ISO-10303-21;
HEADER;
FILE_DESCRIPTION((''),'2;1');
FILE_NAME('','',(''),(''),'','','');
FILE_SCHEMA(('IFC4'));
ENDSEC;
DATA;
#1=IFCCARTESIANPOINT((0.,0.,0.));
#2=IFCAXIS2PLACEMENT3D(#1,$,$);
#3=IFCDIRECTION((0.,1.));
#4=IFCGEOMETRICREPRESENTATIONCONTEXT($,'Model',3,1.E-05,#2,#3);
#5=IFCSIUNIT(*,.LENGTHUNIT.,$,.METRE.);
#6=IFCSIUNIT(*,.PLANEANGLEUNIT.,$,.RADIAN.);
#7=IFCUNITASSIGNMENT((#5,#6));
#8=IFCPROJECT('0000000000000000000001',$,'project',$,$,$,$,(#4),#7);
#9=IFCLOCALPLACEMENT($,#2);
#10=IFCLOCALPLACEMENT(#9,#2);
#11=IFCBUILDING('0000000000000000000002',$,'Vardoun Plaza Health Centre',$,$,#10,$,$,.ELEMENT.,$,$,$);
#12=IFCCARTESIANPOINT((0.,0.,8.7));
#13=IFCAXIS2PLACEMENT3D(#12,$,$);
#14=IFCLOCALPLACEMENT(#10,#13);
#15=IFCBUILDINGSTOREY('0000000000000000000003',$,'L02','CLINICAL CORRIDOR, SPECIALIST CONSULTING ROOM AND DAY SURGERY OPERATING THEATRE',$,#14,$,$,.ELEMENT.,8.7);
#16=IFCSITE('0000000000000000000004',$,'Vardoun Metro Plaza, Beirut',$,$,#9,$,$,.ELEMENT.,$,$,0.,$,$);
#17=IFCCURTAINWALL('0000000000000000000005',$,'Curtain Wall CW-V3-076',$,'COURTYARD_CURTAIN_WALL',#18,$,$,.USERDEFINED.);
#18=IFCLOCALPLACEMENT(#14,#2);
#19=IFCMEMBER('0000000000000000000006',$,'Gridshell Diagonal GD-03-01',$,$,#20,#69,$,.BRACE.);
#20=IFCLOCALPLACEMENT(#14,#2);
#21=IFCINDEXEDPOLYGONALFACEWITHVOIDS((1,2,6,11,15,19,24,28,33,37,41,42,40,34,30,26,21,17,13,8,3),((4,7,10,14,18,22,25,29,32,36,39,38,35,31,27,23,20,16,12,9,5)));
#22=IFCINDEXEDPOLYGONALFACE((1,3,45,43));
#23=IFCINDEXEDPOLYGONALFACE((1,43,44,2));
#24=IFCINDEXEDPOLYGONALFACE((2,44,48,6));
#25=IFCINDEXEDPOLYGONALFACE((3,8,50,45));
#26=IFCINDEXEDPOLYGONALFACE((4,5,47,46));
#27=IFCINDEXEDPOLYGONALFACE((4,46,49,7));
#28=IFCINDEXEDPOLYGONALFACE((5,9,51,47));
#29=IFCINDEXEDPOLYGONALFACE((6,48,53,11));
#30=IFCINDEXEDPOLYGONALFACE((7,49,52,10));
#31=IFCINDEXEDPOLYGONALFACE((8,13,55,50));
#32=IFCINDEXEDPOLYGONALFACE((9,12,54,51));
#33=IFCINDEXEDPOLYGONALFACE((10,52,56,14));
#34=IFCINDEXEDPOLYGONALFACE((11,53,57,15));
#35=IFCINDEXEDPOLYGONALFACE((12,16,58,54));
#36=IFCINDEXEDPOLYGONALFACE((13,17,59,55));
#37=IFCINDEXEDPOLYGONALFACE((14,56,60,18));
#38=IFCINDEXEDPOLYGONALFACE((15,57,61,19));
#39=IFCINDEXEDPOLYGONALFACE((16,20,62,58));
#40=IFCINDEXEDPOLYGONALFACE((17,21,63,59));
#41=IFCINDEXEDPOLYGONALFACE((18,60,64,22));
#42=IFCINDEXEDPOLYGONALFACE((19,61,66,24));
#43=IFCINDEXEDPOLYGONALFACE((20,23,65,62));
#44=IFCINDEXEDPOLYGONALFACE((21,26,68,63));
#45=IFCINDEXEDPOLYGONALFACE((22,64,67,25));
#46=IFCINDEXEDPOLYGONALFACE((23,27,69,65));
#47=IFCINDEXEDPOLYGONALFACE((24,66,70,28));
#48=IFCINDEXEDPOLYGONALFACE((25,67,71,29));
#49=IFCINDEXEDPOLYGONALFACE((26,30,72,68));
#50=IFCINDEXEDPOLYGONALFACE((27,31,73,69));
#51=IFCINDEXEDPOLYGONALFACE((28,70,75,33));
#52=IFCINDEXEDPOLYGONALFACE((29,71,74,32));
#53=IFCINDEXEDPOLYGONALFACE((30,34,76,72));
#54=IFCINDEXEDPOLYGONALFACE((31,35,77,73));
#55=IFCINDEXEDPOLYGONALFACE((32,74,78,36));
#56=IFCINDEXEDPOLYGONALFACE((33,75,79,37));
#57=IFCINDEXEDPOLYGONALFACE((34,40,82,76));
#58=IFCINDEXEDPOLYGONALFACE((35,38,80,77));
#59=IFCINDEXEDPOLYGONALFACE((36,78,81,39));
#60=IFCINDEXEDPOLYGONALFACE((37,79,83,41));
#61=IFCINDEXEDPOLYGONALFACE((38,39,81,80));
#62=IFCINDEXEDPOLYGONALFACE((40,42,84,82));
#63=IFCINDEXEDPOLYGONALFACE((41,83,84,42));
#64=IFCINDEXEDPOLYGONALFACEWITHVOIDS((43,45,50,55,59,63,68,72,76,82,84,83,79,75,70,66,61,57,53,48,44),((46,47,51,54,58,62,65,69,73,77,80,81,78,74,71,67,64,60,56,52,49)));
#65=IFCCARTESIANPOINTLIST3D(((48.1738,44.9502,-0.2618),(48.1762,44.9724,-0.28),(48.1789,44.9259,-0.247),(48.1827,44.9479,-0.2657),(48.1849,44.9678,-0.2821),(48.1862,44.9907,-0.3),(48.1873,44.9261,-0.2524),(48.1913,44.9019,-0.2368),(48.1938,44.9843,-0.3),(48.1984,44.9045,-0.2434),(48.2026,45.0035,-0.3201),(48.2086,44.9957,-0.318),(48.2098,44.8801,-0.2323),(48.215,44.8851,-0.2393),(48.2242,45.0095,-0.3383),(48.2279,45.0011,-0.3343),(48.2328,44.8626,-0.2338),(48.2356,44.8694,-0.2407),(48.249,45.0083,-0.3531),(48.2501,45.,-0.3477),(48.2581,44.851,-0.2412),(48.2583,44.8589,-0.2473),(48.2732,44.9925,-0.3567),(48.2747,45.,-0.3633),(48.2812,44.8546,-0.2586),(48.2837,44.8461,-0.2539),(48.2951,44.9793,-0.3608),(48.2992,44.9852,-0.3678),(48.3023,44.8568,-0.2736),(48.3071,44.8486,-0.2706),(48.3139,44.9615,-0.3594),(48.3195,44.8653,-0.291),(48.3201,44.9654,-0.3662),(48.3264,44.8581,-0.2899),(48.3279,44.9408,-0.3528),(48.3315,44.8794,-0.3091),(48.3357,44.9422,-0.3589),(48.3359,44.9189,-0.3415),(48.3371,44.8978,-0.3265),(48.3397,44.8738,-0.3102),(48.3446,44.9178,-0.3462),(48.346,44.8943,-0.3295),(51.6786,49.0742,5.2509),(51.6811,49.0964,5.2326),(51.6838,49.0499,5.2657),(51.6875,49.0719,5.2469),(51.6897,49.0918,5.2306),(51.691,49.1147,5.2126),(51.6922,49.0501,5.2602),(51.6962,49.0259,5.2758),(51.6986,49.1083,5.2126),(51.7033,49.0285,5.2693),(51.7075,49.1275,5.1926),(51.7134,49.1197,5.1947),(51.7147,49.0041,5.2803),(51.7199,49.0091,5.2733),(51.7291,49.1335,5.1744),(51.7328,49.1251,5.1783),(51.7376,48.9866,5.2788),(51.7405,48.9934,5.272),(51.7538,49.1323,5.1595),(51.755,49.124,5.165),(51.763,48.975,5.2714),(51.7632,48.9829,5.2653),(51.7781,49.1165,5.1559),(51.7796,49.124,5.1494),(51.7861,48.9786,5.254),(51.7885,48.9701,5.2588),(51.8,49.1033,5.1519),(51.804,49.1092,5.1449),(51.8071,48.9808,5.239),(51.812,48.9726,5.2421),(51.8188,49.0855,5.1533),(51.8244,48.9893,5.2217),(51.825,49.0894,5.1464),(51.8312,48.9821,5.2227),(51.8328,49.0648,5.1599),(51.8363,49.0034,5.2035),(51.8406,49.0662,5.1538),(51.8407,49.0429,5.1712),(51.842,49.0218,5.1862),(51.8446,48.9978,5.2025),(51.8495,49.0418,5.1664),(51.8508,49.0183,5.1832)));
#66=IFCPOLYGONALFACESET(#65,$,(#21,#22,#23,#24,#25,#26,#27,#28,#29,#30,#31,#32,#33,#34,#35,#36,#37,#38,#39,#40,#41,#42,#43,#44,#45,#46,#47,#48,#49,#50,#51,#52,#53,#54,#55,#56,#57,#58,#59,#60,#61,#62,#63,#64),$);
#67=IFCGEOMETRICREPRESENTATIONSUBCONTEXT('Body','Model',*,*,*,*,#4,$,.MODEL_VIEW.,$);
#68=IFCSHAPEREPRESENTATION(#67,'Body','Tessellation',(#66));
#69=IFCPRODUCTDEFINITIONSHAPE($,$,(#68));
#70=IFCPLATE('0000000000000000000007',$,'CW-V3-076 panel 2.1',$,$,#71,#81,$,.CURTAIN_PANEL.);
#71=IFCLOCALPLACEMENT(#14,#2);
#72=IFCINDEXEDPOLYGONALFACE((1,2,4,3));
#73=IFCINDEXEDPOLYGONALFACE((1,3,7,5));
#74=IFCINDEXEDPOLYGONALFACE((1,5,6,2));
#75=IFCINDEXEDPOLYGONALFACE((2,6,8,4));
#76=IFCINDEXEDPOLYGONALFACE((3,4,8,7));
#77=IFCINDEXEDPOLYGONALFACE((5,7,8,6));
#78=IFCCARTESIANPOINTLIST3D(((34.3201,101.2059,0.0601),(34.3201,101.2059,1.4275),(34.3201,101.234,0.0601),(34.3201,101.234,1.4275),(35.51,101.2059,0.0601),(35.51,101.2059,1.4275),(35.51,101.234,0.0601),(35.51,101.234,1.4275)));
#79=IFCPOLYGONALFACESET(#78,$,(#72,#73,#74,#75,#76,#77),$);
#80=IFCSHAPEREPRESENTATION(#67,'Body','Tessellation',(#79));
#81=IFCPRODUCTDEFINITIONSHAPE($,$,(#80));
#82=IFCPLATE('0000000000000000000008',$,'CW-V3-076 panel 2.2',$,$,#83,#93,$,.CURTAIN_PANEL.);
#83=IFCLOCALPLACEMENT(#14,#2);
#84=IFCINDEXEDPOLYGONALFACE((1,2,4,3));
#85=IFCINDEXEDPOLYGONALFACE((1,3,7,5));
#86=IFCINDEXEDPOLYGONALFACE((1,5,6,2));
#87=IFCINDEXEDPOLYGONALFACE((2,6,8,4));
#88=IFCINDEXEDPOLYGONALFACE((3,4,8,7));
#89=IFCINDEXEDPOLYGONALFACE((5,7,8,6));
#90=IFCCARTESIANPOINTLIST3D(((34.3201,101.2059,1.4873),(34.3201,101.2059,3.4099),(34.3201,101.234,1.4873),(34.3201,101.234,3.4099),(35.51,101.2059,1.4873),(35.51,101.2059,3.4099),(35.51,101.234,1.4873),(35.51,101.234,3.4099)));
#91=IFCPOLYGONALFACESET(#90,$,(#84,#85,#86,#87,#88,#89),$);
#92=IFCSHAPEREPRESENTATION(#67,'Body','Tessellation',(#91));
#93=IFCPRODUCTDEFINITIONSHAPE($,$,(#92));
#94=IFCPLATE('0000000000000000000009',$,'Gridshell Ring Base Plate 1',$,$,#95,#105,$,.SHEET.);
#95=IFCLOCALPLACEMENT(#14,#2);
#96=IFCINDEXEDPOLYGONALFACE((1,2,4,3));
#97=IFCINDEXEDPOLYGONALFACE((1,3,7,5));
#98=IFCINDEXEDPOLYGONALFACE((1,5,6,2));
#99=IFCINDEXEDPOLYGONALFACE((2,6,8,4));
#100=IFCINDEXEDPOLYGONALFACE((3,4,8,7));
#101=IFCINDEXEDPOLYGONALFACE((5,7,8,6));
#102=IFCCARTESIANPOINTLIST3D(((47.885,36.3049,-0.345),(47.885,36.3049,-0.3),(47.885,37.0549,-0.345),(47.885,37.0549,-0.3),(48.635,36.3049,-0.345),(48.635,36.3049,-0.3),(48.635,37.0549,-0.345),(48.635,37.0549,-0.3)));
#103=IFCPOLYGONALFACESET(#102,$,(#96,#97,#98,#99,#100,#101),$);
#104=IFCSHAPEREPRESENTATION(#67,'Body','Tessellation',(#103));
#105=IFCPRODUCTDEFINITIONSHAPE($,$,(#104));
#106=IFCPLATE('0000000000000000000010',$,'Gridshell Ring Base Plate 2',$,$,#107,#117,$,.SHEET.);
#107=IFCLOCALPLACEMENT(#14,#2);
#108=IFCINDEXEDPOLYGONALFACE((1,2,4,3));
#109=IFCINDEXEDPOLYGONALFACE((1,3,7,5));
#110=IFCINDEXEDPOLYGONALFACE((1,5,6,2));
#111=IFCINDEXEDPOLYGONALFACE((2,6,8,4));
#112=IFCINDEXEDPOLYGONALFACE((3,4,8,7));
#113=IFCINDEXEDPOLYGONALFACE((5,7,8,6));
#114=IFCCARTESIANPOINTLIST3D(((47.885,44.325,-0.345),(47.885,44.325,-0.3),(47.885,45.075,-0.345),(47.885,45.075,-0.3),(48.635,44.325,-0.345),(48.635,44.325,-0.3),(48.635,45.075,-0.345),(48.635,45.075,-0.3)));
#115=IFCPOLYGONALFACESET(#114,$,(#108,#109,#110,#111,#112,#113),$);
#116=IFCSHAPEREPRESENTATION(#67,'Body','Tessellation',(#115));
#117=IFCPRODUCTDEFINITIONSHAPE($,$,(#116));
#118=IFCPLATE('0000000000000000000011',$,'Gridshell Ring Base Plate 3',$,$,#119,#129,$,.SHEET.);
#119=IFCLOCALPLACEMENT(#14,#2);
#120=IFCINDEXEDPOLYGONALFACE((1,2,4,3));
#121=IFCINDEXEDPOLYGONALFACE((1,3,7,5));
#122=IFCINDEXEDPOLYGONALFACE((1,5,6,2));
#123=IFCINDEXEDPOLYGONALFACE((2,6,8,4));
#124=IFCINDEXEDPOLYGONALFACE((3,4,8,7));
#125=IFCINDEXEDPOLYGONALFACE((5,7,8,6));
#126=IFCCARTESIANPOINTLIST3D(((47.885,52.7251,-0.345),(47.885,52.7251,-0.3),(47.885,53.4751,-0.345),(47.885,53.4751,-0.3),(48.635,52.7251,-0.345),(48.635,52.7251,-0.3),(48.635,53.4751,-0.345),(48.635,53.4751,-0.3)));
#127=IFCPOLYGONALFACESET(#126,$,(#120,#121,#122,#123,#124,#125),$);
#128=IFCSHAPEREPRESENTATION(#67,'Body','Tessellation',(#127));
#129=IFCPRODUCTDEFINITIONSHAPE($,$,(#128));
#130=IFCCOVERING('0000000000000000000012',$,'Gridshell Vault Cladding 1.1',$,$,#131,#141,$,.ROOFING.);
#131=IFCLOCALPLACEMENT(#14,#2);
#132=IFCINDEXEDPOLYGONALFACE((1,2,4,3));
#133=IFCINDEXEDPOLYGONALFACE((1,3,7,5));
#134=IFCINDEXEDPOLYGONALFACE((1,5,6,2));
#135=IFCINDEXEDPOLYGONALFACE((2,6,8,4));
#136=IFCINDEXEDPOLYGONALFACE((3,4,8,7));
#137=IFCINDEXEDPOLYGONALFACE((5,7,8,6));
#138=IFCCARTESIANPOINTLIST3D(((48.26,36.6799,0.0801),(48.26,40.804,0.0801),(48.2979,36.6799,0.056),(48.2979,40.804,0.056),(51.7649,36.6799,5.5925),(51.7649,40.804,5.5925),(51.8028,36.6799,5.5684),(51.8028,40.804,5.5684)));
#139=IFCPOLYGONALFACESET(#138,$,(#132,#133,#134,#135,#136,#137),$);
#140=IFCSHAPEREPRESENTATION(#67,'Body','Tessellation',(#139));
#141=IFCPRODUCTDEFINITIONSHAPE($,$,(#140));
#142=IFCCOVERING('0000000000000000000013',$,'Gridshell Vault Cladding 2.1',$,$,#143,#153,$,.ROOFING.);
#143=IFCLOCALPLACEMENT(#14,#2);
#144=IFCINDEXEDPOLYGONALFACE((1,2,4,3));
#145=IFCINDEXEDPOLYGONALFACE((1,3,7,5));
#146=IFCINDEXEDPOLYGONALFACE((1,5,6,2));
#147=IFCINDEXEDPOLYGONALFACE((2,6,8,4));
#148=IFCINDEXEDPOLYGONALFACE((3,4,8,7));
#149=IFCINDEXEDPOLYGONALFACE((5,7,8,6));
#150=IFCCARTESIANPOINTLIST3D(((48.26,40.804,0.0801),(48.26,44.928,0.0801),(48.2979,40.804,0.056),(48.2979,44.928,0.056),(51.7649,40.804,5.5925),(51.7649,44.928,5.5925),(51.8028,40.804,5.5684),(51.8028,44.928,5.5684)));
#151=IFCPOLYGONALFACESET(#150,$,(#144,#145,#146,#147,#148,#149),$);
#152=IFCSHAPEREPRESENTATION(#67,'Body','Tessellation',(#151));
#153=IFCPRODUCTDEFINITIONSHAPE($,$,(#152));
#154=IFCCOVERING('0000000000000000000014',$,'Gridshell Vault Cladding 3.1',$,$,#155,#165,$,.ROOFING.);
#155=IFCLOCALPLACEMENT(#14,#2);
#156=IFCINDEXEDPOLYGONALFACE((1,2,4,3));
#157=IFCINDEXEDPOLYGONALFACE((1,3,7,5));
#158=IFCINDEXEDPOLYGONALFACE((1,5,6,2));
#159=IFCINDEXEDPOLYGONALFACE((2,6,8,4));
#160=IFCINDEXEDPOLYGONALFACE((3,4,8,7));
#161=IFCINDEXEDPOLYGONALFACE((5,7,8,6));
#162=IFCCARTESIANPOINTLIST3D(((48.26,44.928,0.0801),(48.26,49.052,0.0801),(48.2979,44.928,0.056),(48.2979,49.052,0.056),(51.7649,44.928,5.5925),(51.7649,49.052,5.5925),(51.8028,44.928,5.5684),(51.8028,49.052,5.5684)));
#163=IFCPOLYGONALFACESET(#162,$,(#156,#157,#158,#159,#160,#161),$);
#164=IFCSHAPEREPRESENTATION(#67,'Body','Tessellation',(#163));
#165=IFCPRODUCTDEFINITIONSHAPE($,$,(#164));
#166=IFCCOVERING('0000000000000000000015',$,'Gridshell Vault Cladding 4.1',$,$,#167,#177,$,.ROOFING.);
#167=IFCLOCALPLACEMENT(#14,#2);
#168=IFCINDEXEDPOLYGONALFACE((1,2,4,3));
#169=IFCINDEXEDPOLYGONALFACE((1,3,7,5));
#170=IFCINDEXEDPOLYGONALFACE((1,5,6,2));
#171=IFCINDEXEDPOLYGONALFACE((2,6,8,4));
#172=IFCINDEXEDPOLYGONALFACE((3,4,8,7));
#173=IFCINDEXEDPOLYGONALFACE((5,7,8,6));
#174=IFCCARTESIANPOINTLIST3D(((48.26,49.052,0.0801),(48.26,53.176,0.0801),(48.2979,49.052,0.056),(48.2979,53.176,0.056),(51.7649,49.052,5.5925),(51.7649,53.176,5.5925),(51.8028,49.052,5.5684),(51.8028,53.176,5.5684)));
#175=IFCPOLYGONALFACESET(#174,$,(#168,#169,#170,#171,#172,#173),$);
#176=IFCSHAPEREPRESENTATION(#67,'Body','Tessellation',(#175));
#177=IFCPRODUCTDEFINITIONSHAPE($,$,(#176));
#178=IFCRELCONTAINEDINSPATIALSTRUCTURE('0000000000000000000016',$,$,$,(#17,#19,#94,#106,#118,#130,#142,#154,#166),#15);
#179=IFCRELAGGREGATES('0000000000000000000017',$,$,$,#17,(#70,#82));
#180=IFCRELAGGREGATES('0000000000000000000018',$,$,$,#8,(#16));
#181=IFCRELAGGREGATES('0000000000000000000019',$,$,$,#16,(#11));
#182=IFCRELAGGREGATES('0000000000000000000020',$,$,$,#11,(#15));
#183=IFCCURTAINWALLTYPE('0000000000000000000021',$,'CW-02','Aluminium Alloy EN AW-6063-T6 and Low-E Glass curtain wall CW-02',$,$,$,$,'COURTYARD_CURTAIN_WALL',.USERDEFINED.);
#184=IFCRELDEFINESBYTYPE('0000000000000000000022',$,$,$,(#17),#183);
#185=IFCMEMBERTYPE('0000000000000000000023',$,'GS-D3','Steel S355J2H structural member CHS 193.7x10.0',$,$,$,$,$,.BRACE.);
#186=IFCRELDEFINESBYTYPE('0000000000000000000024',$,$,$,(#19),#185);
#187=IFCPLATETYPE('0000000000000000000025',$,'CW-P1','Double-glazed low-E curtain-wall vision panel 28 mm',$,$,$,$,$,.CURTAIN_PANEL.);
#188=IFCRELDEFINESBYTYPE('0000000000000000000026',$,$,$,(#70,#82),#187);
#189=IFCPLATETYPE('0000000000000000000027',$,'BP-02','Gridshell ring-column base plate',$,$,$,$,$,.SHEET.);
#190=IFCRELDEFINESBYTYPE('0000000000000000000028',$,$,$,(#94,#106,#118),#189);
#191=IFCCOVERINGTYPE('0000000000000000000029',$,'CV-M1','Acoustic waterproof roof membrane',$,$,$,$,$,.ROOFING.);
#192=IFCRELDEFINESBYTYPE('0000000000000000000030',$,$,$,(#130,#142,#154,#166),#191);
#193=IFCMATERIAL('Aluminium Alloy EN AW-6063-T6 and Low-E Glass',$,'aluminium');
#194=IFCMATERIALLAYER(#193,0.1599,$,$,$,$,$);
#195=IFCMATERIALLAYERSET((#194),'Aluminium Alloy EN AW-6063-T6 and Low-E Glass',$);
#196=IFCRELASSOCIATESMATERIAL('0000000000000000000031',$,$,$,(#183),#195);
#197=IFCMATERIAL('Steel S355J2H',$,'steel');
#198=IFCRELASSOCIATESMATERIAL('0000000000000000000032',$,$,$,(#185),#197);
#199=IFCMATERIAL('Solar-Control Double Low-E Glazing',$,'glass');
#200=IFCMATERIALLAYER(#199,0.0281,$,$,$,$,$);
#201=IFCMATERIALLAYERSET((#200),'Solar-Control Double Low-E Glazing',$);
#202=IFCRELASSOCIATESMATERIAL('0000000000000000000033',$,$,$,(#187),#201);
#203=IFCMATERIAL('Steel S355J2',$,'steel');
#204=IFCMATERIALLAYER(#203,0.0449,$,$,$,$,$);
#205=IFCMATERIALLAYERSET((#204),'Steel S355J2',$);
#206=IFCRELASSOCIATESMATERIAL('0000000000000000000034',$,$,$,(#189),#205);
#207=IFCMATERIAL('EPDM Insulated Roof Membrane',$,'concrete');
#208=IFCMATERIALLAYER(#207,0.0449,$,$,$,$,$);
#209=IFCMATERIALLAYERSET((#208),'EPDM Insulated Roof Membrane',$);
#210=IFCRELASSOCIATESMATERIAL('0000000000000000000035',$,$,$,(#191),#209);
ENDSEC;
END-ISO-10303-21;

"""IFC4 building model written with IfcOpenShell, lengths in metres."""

from ifc_helpers import new_model, si_unit, direction, frame, origin, origin_2d, place, context, subcontext, project, spatial, polyline, rectangle, hollow_circle, outline, extrude, material, layer, layer_set, material_profile, profile_set, type_object, element, aggregate, save


model = new_model("IFC4")

# Units and contexts
model_context = context("Model", 3, precision=1e-05, world=origin(), true_north=direction((0.0, 1.0)))
body_context = subcontext(model_context, "Body", "Model", "MODEL_VIEW")
ifc_project = project(units=[si_unit("LENGTHUNIT", "METRE"), si_unit("PLANEANGLEUNIT", "RADIAN")], contexts=[model_context])

# Site, building, storey
site_placement = place(None, origin())
site = spatial("IfcSite", under=ifc_project, at=site_placement, Name="Vardoun Metro Plaza, Beirut", CompositionType="ELEMENT", RefElevation=0.0)
building_placement = place(site_placement, origin())
building = spatial("IfcBuilding", under=site, at=building_placement, Name="Vardoun Plaza Health Centre", CompositionType="ELEMENT")
storey_placement = place(building_placement, frame((0.0, 0.0, 8.7)))
storey = spatial("IfcBuildingStorey", under=building, at=storey_placement, Name="L02", Description="CLINICAL CORRIDOR, SPECIALIST CONSULTING ROOM AND DAY SURGERY OPERATING THEATRE", CompositionType="ELEMENT", Elevation=8.7)

# Curtain wall
ifc_material_1 = material(Name="Aluminium Alloy EN AW-6063-T6 and Low-E Glass", Category="aluminium")
ifc_layer_1 = layer(ifc_material_1, 0.1599)
ifc_layer_set_1 = layer_set([ifc_layer_1], Name="Aluminium Alloy EN AW-6063-T6 and Low-E Glass")
curtain_wall_type = type_object("IfcCurtainWallType", Name="CW-02", Description="Aluminium Alloy EN AW-6063-T6 and Low-E Glass curtain wall CW-02", ElementType="COURTYARD_CURTAIN_WALL", PredefinedType="USERDEFINED", material=ifc_layer_set_1)
curtain_wall_placement = place(storey_placement, origin())
curtain_wall = element("IfcCurtainWall", 1, at=curtain_wall_placement, inside=storey, type_object=curtain_wall_type, Name="Curtain Wall CW-V3-076", ObjectType="COURTYARD_CURTAIN_WALL", PredefinedType="USERDEFINED")

# Member
ifc_material_2 = material(Name="Steel S355J2H", Category="steel")
ifc_material_profile_1 = material_profile(ifc_material_2, hollow_circle(Radius=0.0969, WallThickness=0.01, at=origin_2d()), Name="CHS 193.7x10.0")
ifc_profile_set_1 = profile_set([ifc_material_profile_1], Name="Steel S355J2H")
member_type_1 = type_object("IfcMemberType", Name="GS-D3", Description="Steel S355J2H structural member CHS 193.7x10.0", PredefinedType="BRACE", material=ifc_profile_set_1)
member_1_placement = place(storey_placement, frame((48.26, 44.928, -0.3), z_axis=(0.453684, 0.533828, 0.713582), x_axis=(-0.761988, 0.647591, 0.0)))
element("IfcMember", 2, at=member_1_placement, inside=storey, type_object=member_type_1, Name="Gridshell Diagonal GD-03-01", PredefinedType="BRACE", context=body_context, shape_type="SweptSolid", body=[
    extrude(hollow_circle(Radius=0.0969, WallThickness=0.01, at=origin_2d()), origin(), (0.0, 0.0, 1.0), 7.7253),
])

# Plates
ifc_material_3 = material(Name="Solar-Control Double Low-E Glazing", Category="glass")
ifc_layer_2 = layer(ifc_material_3, 0.0281)
ifc_layer_set_2 = layer_set([ifc_layer_2], Name="Solar-Control Double Low-E Glazing")
plate_type_1 = type_object("IfcPlateType", Name="CW-P1", Description="Double-glazed low-E curtain-wall vision panel 28 mm", PredefinedType="CURTAIN_PANEL", material=ifc_layer_set_2)
plate_1_placement = place(storey_placement, frame((34.915, 101.22, 0.0601), z_axis=(0.0, 0.0, 1.0), x_axis=(-1.0, 0.0, 0.0)))
plate_1 = element("IfcPlate", 3, at=plate_1_placement, type_object=plate_type_1, Name="CW-V3-076 panel 2.1", PredefinedType="CURTAIN_PANEL", context=body_context, shape_type="SweptSolid", body=[
    extrude(rectangle(XDim=1.1899, YDim=0.0281, at=origin_2d()), origin(), (0.0, 0.0, 1.0), 1.3674),
])
plate_2_placement = place(storey_placement, frame((34.915, 101.22, 1.4873), z_axis=(0.0, 0.0, 1.0), x_axis=(-1.0, 0.0, 0.0)))
plate_2 = element("IfcPlate", 4, at=plate_2_placement, type_object=plate_type_1, Name="CW-V3-076 panel 2.2", PredefinedType="CURTAIN_PANEL", context=body_context, shape_type="SweptSolid", body=[
    extrude(rectangle(XDim=1.1899, YDim=0.0281, at=origin_2d()), origin(), (0.0, 0.0, 1.0), 1.9226),
])
aggregate(curtain_wall, [plate_1, plate_2])

# Plates
ifc_material_4 = material(Name="Steel S355J2", Category="steel")
ifc_layer_3 = layer(ifc_material_4, 0.0449)
ifc_layer_set_3 = layer_set([ifc_layer_3], Name="Steel S355J2")
plate_type_2 = type_object("IfcPlateType", Name="BP-02", Description="Gridshell ring-column base plate", PredefinedType="SHEET", material=ifc_layer_set_3)
for number, where, z_axis, x_axis, name in (
    (5, (48.26, 36.6799, -0.345), (0.0, 0.0, 1.0), (1.0, 0.0, 0.0), "Gridshell Ring Base Plate 1"),
    (6, (48.26, 44.7, -0.345), (0.0, 0.0, 1.0), (1.0, 0.0, 0.0), "Gridshell Ring Base Plate 2"),
    (7, (48.26, 53.1001, -0.345), (0.0, 0.0, 1.0), (1.0, 0.0, 0.0), "Gridshell Ring Base Plate 3"),
):
    element("IfcPlate", number, at=place(storey_placement, frame(where, z_axis=z_axis, x_axis=x_axis)), inside=storey, type_object=plate_type_2, Name=name, PredefinedType="SHEET", context=body_context, shape_type="SweptSolid", body=[
        extrude(rectangle(XDim=0.75, YDim=0.75, at=origin_2d()), origin(), (0.0, 0.0, 1.0), 0.0449),
    ])

# Coverings
ifc_material_5 = material(Name="EPDM Insulated Roof Membrane", Category="concrete")
ifc_layer_4 = layer(ifc_material_5, 0.0449)
ifc_layer_set_4 = layer_set([ifc_layer_4], Name="EPDM Insulated Roof Membrane")
covering_type = type_object("IfcCoveringType", Name="CV-M1", Description="Acoustic waterproof roof membrane", PredefinedType="ROOFING", material=ifc_layer_set_4)
for number, where, z_axis, x_axis, name in (
    (8, (48.26, 36.6799, 0.0801), (-0.843872, 0.0, 0.536544), (0.536544, 0.0, 0.843872), "Gridshell Vault Cladding 1.1"),
    (9, (48.26, 40.804, 0.0801), (-0.843872, 0.0, 0.536544), (0.536544, 0.0, 0.843872), "Gridshell Vault Cladding 2.1"),
    (10, (48.26, 44.928, 0.0801), (-0.843872, 0.0, 0.536544), (0.536544, 0.0, 0.843872), "Gridshell Vault Cladding 3.1"),
    (11, (48.26, 49.052, 0.0801), (-0.843872, 0.0, 0.536544), (0.536544, 0.0, 0.843872), "Gridshell Vault Cladding 4.1"),
):
    element("IfcCovering", number, at=place(storey_placement, frame(where, z_axis=z_axis, x_axis=x_axis)), inside=storey, type_object=covering_type, Name=name, PredefinedType="ROOFING", context=body_context, shape_type="SweptSolid", body=[
        extrude(outline(polyline([(0.0, 0.0), (6.5323, 0.0), (6.5323, 4.124), (0.0, 4.124), (0.0, 0.0)])), origin(), (0.0, 0.0, -1.0), 0.0449),
    ])

save(model, "model.ifc")
